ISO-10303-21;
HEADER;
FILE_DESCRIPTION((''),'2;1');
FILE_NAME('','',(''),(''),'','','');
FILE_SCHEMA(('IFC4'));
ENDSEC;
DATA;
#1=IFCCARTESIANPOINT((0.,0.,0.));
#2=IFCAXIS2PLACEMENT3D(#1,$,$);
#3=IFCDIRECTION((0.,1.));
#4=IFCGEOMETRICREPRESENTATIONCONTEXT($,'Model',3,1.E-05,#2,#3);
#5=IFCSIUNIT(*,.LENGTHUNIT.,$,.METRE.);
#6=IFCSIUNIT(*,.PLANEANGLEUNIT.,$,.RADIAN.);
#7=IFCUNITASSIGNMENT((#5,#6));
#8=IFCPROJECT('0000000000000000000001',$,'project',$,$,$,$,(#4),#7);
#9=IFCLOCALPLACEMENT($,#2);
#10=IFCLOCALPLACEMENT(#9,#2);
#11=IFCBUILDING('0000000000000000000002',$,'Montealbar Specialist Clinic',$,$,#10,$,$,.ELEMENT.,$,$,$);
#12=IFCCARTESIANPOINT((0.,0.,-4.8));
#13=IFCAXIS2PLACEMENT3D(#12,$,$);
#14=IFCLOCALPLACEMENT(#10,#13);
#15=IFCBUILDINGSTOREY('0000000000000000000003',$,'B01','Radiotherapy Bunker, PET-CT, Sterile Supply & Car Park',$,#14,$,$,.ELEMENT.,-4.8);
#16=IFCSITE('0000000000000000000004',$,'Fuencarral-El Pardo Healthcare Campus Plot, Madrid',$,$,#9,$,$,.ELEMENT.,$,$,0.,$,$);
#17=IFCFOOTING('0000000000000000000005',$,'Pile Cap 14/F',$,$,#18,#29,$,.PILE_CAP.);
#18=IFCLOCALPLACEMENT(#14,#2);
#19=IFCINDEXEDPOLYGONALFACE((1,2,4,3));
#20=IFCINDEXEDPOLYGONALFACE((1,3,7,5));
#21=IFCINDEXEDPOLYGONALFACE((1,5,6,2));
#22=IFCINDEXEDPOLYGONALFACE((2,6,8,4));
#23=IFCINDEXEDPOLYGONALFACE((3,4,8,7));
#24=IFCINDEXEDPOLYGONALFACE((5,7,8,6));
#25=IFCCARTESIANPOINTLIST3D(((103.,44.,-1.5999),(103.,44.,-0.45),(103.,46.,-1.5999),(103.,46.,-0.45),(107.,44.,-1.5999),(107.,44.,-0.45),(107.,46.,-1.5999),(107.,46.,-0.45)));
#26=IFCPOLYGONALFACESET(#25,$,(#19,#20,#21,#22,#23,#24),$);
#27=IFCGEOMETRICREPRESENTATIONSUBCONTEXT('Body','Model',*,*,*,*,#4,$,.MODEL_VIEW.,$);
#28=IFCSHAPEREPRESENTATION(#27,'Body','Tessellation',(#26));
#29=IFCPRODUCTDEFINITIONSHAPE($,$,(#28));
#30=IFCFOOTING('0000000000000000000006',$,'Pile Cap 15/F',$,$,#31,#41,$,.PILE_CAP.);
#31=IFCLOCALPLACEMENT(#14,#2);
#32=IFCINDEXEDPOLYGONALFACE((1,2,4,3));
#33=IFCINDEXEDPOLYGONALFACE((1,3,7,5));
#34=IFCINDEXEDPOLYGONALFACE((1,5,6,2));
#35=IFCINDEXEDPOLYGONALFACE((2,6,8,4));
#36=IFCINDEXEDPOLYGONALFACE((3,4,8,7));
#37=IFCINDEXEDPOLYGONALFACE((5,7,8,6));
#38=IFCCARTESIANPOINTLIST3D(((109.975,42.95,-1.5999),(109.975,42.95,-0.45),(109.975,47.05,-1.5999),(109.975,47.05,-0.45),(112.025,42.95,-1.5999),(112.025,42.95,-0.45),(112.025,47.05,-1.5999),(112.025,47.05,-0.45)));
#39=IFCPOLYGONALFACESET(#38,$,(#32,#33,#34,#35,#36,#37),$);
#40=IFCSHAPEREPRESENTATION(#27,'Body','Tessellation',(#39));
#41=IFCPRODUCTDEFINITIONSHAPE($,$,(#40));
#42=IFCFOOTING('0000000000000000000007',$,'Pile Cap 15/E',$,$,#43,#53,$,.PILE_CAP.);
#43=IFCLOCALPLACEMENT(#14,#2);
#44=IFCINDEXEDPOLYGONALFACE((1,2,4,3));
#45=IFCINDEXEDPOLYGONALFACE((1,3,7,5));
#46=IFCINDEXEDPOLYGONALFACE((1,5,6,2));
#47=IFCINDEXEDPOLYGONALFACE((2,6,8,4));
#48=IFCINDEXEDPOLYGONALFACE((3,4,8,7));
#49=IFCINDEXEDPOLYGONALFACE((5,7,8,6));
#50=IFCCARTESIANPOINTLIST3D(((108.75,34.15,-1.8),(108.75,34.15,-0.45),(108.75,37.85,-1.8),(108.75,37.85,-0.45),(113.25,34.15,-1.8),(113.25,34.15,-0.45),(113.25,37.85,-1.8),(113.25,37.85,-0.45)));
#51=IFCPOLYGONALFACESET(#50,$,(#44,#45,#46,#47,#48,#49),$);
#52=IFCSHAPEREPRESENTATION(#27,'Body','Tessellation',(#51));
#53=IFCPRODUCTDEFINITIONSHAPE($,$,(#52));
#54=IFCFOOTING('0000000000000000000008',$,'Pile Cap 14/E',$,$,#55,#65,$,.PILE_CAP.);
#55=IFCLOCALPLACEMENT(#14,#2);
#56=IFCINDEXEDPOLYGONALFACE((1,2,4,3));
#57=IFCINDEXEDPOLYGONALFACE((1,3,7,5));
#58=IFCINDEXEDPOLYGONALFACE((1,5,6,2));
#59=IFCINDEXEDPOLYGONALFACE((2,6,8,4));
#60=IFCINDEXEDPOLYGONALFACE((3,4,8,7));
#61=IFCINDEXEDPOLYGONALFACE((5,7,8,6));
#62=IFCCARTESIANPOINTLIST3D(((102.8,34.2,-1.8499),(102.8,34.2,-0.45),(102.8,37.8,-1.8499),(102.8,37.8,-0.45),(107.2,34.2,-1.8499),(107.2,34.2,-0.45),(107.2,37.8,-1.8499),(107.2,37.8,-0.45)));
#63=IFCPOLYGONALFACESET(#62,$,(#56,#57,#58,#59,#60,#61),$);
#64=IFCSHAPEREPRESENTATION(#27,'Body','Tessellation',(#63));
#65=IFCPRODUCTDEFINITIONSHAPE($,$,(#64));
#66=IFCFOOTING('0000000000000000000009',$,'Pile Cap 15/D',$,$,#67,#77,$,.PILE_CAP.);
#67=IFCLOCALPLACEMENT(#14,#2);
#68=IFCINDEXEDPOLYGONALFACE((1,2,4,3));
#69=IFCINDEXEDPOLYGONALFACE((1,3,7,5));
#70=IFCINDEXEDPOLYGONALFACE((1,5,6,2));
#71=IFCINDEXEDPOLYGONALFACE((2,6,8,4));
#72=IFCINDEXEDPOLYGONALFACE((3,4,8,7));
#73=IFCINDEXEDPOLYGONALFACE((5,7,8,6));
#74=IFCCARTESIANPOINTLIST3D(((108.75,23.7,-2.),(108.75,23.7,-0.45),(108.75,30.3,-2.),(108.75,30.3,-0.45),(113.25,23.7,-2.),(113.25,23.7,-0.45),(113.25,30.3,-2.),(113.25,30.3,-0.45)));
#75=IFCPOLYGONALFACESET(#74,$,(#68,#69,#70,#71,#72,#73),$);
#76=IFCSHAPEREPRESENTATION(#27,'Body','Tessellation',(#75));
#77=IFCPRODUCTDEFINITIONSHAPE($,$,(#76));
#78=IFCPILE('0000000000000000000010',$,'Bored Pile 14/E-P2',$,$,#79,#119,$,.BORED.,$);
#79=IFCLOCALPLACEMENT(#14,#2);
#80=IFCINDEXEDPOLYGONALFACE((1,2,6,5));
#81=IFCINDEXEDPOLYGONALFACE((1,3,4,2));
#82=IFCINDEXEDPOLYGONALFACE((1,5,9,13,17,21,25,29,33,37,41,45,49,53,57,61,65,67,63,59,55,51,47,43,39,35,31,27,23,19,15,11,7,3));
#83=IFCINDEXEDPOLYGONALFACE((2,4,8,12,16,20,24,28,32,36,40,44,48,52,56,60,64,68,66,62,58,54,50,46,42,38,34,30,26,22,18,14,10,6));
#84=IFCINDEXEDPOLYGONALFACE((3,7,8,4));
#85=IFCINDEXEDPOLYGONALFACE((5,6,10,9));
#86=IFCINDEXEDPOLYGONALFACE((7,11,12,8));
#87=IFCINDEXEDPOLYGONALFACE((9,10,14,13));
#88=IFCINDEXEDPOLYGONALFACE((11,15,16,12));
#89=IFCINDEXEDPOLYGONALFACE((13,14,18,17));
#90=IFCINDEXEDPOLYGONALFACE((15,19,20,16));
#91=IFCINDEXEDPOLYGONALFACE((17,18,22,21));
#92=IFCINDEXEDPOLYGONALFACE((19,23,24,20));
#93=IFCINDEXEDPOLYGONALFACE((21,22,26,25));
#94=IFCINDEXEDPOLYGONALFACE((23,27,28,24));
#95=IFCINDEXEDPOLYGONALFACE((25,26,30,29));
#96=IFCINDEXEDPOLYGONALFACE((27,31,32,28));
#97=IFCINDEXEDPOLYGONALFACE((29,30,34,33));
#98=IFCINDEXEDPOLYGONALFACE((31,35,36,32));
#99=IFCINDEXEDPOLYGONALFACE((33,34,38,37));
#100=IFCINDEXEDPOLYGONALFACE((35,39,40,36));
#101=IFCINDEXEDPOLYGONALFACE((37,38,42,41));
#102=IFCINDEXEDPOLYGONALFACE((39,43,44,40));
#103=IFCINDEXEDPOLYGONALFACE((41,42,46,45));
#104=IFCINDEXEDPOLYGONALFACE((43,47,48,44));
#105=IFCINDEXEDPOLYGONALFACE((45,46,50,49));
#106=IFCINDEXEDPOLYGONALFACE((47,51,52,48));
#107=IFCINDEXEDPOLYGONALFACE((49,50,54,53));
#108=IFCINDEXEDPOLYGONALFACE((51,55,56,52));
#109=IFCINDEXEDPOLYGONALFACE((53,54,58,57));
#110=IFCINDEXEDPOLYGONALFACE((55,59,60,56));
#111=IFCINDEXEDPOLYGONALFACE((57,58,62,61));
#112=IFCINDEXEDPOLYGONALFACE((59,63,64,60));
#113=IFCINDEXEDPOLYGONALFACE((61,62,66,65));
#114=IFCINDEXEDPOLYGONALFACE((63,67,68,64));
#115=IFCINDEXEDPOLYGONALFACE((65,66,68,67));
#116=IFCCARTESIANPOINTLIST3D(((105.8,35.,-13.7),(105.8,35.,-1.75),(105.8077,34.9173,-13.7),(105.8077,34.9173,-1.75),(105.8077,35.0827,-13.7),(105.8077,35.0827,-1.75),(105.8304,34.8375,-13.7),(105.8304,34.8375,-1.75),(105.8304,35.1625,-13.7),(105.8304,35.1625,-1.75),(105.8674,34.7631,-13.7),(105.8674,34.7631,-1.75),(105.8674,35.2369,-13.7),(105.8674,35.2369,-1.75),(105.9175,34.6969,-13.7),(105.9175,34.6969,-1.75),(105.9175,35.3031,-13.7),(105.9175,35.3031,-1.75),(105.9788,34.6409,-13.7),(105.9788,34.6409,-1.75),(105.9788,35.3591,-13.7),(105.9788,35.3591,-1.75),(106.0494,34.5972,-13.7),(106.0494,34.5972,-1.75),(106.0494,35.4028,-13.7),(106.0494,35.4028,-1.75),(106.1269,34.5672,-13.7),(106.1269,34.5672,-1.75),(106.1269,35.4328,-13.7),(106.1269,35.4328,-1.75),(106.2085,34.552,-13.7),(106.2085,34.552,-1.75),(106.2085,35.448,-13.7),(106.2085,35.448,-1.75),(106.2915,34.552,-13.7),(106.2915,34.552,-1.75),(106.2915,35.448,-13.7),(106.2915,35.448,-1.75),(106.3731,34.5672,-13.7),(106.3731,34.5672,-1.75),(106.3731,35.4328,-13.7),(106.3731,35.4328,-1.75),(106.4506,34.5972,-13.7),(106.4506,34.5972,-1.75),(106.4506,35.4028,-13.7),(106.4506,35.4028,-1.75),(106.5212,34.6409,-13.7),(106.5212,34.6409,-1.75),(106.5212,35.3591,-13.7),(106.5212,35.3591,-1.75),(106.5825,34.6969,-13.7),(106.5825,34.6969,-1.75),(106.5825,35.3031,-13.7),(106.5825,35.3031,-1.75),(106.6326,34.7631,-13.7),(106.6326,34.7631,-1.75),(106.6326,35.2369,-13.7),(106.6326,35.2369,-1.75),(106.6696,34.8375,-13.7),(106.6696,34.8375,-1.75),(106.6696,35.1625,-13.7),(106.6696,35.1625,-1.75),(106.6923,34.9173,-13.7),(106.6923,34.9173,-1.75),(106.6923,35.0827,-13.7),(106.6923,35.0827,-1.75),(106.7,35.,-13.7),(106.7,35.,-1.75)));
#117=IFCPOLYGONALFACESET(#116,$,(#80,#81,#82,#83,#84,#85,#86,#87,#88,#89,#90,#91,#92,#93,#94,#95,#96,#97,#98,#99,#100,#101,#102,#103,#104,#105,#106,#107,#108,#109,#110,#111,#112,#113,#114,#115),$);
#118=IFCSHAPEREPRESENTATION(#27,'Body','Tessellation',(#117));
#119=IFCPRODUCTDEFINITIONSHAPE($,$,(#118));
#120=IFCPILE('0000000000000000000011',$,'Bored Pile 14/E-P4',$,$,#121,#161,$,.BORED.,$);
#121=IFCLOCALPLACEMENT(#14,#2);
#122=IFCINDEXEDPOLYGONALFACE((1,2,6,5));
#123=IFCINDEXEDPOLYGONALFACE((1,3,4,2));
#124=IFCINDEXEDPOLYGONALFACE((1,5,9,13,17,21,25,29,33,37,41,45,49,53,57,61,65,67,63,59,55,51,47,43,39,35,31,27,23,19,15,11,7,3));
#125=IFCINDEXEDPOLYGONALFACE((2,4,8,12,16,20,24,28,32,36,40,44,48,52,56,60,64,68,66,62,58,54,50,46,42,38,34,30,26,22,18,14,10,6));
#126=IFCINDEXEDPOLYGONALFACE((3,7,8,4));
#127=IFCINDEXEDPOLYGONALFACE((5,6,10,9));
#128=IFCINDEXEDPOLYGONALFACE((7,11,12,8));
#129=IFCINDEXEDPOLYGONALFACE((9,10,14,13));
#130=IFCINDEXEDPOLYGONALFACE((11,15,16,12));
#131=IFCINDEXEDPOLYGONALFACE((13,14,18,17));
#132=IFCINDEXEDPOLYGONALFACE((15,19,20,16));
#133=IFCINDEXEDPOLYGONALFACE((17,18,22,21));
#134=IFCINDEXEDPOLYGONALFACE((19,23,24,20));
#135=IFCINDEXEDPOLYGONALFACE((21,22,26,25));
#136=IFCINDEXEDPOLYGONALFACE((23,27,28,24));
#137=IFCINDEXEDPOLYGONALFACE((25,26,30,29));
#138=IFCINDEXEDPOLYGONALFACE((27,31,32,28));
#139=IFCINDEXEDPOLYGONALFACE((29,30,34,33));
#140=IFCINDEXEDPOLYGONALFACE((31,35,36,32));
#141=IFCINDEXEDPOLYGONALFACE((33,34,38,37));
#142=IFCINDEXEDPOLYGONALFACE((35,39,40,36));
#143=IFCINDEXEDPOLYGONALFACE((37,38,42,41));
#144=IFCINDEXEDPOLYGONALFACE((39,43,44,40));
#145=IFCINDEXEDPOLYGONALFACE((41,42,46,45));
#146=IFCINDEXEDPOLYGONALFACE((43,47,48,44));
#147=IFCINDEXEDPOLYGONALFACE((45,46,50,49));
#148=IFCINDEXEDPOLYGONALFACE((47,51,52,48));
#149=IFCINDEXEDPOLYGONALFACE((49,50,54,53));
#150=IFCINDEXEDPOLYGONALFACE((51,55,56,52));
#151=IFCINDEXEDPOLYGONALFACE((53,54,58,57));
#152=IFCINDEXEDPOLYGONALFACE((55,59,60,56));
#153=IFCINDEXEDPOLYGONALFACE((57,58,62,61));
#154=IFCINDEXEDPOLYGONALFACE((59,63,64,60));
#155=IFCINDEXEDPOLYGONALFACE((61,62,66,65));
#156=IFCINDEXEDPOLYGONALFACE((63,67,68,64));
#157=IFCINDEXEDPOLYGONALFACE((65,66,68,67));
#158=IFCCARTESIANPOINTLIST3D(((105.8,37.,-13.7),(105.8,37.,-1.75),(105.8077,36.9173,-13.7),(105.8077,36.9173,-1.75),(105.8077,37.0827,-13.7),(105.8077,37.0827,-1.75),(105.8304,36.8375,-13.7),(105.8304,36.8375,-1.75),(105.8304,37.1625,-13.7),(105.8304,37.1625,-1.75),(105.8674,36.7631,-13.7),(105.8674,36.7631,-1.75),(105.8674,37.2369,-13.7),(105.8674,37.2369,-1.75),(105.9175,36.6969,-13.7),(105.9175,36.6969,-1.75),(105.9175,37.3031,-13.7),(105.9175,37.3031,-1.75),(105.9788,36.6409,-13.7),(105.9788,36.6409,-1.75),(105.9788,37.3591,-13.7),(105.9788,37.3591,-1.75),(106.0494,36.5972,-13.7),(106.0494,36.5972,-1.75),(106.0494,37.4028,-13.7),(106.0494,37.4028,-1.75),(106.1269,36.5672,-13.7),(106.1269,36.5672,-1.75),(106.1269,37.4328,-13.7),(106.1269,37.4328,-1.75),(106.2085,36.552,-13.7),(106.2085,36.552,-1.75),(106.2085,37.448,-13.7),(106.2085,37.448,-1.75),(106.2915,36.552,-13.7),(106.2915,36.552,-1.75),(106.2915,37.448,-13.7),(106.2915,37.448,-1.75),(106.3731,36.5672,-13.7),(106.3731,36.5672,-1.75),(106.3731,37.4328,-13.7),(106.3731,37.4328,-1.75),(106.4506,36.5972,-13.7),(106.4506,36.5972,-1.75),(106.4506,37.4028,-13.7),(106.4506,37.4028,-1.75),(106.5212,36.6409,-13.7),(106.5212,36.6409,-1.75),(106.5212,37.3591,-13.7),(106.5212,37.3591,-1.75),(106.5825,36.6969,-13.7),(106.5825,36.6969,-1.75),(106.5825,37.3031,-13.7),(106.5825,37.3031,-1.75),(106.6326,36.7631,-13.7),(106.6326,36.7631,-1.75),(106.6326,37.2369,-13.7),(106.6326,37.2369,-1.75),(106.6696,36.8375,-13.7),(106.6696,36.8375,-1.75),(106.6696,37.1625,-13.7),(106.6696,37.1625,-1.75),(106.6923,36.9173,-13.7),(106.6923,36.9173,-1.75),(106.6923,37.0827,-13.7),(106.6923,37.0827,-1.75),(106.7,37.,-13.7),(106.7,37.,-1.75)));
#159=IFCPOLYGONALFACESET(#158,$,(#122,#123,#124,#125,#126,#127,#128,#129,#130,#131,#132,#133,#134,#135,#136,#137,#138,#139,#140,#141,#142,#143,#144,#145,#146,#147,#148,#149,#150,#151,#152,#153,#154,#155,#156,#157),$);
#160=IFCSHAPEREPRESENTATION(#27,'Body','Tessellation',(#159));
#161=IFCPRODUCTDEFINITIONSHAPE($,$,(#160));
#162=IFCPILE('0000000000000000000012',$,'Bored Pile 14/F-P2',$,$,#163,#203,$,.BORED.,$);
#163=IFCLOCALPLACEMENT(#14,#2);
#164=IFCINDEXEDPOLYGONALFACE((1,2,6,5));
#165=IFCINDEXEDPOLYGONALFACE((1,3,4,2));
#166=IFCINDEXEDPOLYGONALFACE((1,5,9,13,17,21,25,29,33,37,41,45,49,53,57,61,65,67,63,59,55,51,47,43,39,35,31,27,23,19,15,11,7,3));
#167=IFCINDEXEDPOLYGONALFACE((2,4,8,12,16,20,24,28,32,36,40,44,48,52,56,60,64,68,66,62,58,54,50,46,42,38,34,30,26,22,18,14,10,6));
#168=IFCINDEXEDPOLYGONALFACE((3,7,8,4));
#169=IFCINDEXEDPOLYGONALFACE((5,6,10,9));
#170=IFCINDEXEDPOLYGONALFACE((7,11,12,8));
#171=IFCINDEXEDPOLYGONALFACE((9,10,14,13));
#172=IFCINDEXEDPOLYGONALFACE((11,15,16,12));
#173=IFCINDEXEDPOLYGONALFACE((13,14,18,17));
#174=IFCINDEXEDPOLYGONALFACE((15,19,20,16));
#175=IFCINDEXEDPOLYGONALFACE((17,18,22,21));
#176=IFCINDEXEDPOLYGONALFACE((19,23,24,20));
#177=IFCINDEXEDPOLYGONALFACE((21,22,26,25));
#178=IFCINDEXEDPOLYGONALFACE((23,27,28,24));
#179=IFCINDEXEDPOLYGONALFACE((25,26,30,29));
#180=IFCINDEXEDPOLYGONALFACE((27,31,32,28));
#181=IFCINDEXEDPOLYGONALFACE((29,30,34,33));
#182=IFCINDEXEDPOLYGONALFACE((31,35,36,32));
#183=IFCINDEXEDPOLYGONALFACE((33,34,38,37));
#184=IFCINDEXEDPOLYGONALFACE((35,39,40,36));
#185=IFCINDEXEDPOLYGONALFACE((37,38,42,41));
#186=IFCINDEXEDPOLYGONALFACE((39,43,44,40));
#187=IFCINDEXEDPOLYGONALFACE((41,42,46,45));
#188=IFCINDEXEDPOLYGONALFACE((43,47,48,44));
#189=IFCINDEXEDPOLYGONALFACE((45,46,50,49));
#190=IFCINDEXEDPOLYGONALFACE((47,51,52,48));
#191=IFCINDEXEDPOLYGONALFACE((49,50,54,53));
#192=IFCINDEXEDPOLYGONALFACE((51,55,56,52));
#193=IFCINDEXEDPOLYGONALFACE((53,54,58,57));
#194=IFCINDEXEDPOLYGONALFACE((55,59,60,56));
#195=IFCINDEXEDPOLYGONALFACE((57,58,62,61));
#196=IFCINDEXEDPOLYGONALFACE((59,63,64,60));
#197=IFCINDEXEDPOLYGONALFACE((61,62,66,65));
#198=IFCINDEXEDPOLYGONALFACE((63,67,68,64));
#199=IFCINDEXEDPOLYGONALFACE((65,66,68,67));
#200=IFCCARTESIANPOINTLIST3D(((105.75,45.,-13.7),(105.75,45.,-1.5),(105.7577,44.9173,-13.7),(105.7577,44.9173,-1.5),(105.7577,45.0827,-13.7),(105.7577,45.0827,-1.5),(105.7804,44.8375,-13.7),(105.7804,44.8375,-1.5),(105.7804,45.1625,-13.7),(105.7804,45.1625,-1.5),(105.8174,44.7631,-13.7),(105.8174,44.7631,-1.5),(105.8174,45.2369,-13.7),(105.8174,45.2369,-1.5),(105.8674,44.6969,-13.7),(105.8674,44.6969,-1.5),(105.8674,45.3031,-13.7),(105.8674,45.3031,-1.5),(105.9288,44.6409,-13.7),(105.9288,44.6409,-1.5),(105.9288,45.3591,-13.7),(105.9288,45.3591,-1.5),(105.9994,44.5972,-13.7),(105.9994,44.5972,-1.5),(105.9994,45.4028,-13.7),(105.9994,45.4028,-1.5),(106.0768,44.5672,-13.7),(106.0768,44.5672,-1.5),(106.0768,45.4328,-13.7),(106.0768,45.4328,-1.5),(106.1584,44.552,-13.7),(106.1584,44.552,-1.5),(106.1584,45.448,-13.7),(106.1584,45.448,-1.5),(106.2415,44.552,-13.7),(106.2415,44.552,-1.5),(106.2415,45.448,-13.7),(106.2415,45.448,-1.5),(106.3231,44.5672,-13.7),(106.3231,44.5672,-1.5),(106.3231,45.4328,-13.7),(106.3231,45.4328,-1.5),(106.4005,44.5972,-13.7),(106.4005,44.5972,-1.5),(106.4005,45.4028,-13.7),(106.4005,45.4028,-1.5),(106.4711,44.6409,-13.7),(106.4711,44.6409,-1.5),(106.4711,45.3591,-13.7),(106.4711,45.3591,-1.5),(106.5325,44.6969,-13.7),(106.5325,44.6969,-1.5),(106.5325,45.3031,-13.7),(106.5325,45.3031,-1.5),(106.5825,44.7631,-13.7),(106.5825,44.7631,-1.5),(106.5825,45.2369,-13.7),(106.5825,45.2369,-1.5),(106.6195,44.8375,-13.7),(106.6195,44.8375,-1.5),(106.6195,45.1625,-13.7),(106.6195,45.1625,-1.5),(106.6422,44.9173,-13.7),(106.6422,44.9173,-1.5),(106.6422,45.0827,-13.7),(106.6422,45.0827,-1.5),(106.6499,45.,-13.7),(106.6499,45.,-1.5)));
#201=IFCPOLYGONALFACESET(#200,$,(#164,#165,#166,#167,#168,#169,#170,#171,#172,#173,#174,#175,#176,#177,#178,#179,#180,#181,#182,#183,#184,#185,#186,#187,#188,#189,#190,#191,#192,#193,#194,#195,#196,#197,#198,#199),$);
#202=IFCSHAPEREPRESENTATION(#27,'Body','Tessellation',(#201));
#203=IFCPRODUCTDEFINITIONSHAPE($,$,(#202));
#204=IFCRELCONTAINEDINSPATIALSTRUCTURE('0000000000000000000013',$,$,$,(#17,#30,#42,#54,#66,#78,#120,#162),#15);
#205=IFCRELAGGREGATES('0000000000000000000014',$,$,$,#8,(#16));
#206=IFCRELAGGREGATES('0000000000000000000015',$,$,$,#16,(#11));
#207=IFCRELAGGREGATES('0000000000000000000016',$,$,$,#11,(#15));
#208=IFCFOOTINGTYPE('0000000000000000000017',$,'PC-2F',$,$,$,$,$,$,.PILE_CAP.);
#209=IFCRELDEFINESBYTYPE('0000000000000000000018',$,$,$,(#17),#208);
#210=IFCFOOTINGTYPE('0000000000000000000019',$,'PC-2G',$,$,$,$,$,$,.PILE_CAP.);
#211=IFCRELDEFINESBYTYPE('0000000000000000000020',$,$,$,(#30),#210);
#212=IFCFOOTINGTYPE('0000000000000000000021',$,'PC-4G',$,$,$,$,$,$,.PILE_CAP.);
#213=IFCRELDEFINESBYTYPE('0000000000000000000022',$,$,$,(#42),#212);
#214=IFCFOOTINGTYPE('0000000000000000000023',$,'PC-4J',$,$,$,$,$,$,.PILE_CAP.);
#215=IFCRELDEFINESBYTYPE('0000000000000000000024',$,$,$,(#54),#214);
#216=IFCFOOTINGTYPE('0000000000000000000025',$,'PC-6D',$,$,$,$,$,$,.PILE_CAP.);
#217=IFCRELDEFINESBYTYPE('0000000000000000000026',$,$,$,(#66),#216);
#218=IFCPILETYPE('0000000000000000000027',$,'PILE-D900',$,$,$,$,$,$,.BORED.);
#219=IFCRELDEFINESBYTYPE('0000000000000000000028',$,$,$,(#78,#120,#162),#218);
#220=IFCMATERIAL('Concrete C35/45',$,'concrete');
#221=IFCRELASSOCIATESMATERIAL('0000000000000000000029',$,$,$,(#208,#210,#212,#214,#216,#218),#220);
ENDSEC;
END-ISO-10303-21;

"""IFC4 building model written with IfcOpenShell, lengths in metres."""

from ifc_helpers import new_model, si_unit, direction, frame, origin, origin_2d, place, context, subcontext, project, spatial, rectangle, circle, extrude, material, material_profile, profile_set, type_object, element, save


model = new_model("IFC4")

# Units and contexts
model_context = context("Model", 3, precision=1e-05, world=origin(), true_north=direction((0.0, 1.0)))
body_context = subcontext(model_context, "Body", "Model", "MODEL_VIEW")
ifc_project = project(units=[si_unit("LENGTHUNIT", "METRE"), si_unit("PLANEANGLEUNIT", "RADIAN")], contexts=[model_context])

# Site, building, storey
site_placement = place(None, origin())
site = spatial("IfcSite", under=ifc_project, at=site_placement, Name="Fuencarral-El Pardo Healthcare Campus Plot, Madrid", CompositionType="ELEMENT", RefElevation=0.0)
building_placement = place(site_placement, origin())
building = spatial("IfcBuilding", under=site, at=building_placement, Name="Montealbar Specialist Clinic", CompositionType="ELEMENT")
storey_placement = place(building_placement, frame((0.0, 0.0, -4.8)))
storey = spatial("IfcBuildingStorey", under=building, at=storey_placement, Name="B01", Description="Radiotherapy Bunker, PET-CT, Sterile Supply & Car Park", CompositionType="ELEMENT", Elevation=-4.8)

# Footings
ifc_material_1 = material(Name="Concrete C35/45", Category="concrete")
footing_type_1 = type_object("IfcFootingType", Name="PC-2F", PredefinedType="PILE_CAP", material=ifc_material_1)
footing_1_placement = place(storey_placement, frame((105.0, 45.0, -1.5999), z_axis=(0.0, 0.0, 1.0), x_axis=(1.0, 0.0, 0.0)))
element("IfcFooting", 1, at=footing_1_placement, inside=storey, type_object=footing_type_1, Name="Pile Cap 14/F", PredefinedType="PILE_CAP", context=body_context, shape_type="SweptSolid", body=[
    extrude(rectangle(XDim=4.0, YDim=2.0, at=origin_2d()), origin(), (0.0, 0.0, 1.0), 1.1499),
])
footing_type_2 = type_object("IfcFootingType", Name="PC-2G", PredefinedType="PILE_CAP", material=ifc_material_1)
footing_2_placement = place(storey_placement, frame((111.0, 45.0, -1.5999), z_axis=(0.0, 0.0, 1.0), x_axis=(1.0, 0.0, 0.0)))
element("IfcFooting", 2, at=footing_2_placement, inside=storey, type_object=footing_type_2, Name="Pile Cap 15/F", PredefinedType="PILE_CAP", context=body_context, shape_type="SweptSolid", body=[
    extrude(rectangle(XDim=2.05, YDim=4.1001, at=origin_2d()), origin(), (0.0, 0.0, 1.0), 1.1499),
])
footing_type_3 = type_object("IfcFootingType", Name="PC-4G", PredefinedType="PILE_CAP", material=ifc_material_1)
footing_3_placement = place(storey_placement, frame((111.0, 36.0, -1.8), z_axis=(0.0, 0.0, 1.0), x_axis=(1.0, 0.0, 0.0)))
element("IfcFooting", 3, at=footing_3_placement, inside=storey, type_object=footing_type_3, Name="Pile Cap 15/E", PredefinedType="PILE_CAP", context=body_context, shape_type="SweptSolid", body=[
    extrude(rectangle(XDim=4.5, YDim=3.7, at=origin_2d()), origin(), (0.0, 0.0, 1.0), 1.3501),
])
footing_type_4 = type_object("IfcFootingType", Name="PC-4J", PredefinedType="PILE_CAP", material=ifc_material_1)
footing_4_placement = place(storey_placement, frame((105.0, 36.0, -1.8499), z_axis=(0.0, 0.0, 1.0), x_axis=(1.0, 0.0, 0.0)))
element("IfcFooting", 4, at=footing_4_placement, inside=storey, type_object=footing_type_4, Name="Pile Cap 14/E", PredefinedType="PILE_CAP", context=body_context, shape_type="SweptSolid", body=[
    extrude(rectangle(XDim=4.3999, YDim=3.6001, at=origin_2d()), origin(), (0.0, 0.0, 1.0), 1.3999),
])
footing_type_5 = type_object("IfcFootingType", Name="PC-6D", PredefinedType="PILE_CAP", material=ifc_material_1)
footing_5_placement = place(storey_placement, frame((111.0, 27.0, -2.0), z_axis=(0.0, 0.0, 1.0), x_axis=(1.0, 0.0, 0.0)))
element("IfcFooting", 5, at=footing_5_placement, inside=storey, type_object=footing_type_5, Name="Pile Cap 15/D", PredefinedType="PILE_CAP", context=body_context, shape_type="SweptSolid", body=[
    extrude(rectangle(XDim=4.5, YDim=6.6001, at=origin_2d()), origin(), (0.0, 0.0, 1.0), 1.55),
])

# Piles
ifc_material_profile_1 = material_profile(ifc_material_1, circle(Radius=0.45, at=origin_2d()), Name="PILE D900", Category="concrete")
ifc_profile_set_1 = profile_set([ifc_material_profile_1], Name="Concrete C35/45")
pile_type = type_object("IfcPileType", Name="PILE-D900", PredefinedType="BORED", material=ifc_profile_set_1)
for number, where, z_axis, x_axis, name in (
    (6, (106.25, 35.0, -1.75), (0.0, 0.0, -1.0), (1.0, 0.0, 0.0), "Bored Pile 14/E-P2"),
    (7, (106.25, 37.0, -1.75), (0.0, 0.0, -1.0), (1.0, 0.0, 0.0), "Bored Pile 14/E-P4"),
):
    element("IfcPile", number, at=place(storey_placement, frame(where, z_axis=z_axis, x_axis=x_axis)), inside=storey, type_object=pile_type, Name=name, PredefinedType="BORED", context=body_context, shape_type="SweptSolid", body=[
        extrude(circle(Radius=0.45, at=origin_2d()), origin(), (0.0, 0.0, 1.0), 11.95),
    ])
pile_1_placement = place(storey_placement, frame((106.2, 45.0, -1.5), z_axis=(0.0, 0.0, -1.0), x_axis=(1.0, 0.0, 0.0)))
element("IfcPile", 8, at=pile_1_placement, inside=storey, type_object=pile_type, Name="Bored Pile 14/F-P2", PredefinedType="BORED", context=body_context, shape_type="SweptSolid", body=[
    extrude(circle(Radius=0.45, at=origin_2d()), origin(), (0.0, 0.0, 1.0), 12.2),
])

save(model, "model.ifc")
